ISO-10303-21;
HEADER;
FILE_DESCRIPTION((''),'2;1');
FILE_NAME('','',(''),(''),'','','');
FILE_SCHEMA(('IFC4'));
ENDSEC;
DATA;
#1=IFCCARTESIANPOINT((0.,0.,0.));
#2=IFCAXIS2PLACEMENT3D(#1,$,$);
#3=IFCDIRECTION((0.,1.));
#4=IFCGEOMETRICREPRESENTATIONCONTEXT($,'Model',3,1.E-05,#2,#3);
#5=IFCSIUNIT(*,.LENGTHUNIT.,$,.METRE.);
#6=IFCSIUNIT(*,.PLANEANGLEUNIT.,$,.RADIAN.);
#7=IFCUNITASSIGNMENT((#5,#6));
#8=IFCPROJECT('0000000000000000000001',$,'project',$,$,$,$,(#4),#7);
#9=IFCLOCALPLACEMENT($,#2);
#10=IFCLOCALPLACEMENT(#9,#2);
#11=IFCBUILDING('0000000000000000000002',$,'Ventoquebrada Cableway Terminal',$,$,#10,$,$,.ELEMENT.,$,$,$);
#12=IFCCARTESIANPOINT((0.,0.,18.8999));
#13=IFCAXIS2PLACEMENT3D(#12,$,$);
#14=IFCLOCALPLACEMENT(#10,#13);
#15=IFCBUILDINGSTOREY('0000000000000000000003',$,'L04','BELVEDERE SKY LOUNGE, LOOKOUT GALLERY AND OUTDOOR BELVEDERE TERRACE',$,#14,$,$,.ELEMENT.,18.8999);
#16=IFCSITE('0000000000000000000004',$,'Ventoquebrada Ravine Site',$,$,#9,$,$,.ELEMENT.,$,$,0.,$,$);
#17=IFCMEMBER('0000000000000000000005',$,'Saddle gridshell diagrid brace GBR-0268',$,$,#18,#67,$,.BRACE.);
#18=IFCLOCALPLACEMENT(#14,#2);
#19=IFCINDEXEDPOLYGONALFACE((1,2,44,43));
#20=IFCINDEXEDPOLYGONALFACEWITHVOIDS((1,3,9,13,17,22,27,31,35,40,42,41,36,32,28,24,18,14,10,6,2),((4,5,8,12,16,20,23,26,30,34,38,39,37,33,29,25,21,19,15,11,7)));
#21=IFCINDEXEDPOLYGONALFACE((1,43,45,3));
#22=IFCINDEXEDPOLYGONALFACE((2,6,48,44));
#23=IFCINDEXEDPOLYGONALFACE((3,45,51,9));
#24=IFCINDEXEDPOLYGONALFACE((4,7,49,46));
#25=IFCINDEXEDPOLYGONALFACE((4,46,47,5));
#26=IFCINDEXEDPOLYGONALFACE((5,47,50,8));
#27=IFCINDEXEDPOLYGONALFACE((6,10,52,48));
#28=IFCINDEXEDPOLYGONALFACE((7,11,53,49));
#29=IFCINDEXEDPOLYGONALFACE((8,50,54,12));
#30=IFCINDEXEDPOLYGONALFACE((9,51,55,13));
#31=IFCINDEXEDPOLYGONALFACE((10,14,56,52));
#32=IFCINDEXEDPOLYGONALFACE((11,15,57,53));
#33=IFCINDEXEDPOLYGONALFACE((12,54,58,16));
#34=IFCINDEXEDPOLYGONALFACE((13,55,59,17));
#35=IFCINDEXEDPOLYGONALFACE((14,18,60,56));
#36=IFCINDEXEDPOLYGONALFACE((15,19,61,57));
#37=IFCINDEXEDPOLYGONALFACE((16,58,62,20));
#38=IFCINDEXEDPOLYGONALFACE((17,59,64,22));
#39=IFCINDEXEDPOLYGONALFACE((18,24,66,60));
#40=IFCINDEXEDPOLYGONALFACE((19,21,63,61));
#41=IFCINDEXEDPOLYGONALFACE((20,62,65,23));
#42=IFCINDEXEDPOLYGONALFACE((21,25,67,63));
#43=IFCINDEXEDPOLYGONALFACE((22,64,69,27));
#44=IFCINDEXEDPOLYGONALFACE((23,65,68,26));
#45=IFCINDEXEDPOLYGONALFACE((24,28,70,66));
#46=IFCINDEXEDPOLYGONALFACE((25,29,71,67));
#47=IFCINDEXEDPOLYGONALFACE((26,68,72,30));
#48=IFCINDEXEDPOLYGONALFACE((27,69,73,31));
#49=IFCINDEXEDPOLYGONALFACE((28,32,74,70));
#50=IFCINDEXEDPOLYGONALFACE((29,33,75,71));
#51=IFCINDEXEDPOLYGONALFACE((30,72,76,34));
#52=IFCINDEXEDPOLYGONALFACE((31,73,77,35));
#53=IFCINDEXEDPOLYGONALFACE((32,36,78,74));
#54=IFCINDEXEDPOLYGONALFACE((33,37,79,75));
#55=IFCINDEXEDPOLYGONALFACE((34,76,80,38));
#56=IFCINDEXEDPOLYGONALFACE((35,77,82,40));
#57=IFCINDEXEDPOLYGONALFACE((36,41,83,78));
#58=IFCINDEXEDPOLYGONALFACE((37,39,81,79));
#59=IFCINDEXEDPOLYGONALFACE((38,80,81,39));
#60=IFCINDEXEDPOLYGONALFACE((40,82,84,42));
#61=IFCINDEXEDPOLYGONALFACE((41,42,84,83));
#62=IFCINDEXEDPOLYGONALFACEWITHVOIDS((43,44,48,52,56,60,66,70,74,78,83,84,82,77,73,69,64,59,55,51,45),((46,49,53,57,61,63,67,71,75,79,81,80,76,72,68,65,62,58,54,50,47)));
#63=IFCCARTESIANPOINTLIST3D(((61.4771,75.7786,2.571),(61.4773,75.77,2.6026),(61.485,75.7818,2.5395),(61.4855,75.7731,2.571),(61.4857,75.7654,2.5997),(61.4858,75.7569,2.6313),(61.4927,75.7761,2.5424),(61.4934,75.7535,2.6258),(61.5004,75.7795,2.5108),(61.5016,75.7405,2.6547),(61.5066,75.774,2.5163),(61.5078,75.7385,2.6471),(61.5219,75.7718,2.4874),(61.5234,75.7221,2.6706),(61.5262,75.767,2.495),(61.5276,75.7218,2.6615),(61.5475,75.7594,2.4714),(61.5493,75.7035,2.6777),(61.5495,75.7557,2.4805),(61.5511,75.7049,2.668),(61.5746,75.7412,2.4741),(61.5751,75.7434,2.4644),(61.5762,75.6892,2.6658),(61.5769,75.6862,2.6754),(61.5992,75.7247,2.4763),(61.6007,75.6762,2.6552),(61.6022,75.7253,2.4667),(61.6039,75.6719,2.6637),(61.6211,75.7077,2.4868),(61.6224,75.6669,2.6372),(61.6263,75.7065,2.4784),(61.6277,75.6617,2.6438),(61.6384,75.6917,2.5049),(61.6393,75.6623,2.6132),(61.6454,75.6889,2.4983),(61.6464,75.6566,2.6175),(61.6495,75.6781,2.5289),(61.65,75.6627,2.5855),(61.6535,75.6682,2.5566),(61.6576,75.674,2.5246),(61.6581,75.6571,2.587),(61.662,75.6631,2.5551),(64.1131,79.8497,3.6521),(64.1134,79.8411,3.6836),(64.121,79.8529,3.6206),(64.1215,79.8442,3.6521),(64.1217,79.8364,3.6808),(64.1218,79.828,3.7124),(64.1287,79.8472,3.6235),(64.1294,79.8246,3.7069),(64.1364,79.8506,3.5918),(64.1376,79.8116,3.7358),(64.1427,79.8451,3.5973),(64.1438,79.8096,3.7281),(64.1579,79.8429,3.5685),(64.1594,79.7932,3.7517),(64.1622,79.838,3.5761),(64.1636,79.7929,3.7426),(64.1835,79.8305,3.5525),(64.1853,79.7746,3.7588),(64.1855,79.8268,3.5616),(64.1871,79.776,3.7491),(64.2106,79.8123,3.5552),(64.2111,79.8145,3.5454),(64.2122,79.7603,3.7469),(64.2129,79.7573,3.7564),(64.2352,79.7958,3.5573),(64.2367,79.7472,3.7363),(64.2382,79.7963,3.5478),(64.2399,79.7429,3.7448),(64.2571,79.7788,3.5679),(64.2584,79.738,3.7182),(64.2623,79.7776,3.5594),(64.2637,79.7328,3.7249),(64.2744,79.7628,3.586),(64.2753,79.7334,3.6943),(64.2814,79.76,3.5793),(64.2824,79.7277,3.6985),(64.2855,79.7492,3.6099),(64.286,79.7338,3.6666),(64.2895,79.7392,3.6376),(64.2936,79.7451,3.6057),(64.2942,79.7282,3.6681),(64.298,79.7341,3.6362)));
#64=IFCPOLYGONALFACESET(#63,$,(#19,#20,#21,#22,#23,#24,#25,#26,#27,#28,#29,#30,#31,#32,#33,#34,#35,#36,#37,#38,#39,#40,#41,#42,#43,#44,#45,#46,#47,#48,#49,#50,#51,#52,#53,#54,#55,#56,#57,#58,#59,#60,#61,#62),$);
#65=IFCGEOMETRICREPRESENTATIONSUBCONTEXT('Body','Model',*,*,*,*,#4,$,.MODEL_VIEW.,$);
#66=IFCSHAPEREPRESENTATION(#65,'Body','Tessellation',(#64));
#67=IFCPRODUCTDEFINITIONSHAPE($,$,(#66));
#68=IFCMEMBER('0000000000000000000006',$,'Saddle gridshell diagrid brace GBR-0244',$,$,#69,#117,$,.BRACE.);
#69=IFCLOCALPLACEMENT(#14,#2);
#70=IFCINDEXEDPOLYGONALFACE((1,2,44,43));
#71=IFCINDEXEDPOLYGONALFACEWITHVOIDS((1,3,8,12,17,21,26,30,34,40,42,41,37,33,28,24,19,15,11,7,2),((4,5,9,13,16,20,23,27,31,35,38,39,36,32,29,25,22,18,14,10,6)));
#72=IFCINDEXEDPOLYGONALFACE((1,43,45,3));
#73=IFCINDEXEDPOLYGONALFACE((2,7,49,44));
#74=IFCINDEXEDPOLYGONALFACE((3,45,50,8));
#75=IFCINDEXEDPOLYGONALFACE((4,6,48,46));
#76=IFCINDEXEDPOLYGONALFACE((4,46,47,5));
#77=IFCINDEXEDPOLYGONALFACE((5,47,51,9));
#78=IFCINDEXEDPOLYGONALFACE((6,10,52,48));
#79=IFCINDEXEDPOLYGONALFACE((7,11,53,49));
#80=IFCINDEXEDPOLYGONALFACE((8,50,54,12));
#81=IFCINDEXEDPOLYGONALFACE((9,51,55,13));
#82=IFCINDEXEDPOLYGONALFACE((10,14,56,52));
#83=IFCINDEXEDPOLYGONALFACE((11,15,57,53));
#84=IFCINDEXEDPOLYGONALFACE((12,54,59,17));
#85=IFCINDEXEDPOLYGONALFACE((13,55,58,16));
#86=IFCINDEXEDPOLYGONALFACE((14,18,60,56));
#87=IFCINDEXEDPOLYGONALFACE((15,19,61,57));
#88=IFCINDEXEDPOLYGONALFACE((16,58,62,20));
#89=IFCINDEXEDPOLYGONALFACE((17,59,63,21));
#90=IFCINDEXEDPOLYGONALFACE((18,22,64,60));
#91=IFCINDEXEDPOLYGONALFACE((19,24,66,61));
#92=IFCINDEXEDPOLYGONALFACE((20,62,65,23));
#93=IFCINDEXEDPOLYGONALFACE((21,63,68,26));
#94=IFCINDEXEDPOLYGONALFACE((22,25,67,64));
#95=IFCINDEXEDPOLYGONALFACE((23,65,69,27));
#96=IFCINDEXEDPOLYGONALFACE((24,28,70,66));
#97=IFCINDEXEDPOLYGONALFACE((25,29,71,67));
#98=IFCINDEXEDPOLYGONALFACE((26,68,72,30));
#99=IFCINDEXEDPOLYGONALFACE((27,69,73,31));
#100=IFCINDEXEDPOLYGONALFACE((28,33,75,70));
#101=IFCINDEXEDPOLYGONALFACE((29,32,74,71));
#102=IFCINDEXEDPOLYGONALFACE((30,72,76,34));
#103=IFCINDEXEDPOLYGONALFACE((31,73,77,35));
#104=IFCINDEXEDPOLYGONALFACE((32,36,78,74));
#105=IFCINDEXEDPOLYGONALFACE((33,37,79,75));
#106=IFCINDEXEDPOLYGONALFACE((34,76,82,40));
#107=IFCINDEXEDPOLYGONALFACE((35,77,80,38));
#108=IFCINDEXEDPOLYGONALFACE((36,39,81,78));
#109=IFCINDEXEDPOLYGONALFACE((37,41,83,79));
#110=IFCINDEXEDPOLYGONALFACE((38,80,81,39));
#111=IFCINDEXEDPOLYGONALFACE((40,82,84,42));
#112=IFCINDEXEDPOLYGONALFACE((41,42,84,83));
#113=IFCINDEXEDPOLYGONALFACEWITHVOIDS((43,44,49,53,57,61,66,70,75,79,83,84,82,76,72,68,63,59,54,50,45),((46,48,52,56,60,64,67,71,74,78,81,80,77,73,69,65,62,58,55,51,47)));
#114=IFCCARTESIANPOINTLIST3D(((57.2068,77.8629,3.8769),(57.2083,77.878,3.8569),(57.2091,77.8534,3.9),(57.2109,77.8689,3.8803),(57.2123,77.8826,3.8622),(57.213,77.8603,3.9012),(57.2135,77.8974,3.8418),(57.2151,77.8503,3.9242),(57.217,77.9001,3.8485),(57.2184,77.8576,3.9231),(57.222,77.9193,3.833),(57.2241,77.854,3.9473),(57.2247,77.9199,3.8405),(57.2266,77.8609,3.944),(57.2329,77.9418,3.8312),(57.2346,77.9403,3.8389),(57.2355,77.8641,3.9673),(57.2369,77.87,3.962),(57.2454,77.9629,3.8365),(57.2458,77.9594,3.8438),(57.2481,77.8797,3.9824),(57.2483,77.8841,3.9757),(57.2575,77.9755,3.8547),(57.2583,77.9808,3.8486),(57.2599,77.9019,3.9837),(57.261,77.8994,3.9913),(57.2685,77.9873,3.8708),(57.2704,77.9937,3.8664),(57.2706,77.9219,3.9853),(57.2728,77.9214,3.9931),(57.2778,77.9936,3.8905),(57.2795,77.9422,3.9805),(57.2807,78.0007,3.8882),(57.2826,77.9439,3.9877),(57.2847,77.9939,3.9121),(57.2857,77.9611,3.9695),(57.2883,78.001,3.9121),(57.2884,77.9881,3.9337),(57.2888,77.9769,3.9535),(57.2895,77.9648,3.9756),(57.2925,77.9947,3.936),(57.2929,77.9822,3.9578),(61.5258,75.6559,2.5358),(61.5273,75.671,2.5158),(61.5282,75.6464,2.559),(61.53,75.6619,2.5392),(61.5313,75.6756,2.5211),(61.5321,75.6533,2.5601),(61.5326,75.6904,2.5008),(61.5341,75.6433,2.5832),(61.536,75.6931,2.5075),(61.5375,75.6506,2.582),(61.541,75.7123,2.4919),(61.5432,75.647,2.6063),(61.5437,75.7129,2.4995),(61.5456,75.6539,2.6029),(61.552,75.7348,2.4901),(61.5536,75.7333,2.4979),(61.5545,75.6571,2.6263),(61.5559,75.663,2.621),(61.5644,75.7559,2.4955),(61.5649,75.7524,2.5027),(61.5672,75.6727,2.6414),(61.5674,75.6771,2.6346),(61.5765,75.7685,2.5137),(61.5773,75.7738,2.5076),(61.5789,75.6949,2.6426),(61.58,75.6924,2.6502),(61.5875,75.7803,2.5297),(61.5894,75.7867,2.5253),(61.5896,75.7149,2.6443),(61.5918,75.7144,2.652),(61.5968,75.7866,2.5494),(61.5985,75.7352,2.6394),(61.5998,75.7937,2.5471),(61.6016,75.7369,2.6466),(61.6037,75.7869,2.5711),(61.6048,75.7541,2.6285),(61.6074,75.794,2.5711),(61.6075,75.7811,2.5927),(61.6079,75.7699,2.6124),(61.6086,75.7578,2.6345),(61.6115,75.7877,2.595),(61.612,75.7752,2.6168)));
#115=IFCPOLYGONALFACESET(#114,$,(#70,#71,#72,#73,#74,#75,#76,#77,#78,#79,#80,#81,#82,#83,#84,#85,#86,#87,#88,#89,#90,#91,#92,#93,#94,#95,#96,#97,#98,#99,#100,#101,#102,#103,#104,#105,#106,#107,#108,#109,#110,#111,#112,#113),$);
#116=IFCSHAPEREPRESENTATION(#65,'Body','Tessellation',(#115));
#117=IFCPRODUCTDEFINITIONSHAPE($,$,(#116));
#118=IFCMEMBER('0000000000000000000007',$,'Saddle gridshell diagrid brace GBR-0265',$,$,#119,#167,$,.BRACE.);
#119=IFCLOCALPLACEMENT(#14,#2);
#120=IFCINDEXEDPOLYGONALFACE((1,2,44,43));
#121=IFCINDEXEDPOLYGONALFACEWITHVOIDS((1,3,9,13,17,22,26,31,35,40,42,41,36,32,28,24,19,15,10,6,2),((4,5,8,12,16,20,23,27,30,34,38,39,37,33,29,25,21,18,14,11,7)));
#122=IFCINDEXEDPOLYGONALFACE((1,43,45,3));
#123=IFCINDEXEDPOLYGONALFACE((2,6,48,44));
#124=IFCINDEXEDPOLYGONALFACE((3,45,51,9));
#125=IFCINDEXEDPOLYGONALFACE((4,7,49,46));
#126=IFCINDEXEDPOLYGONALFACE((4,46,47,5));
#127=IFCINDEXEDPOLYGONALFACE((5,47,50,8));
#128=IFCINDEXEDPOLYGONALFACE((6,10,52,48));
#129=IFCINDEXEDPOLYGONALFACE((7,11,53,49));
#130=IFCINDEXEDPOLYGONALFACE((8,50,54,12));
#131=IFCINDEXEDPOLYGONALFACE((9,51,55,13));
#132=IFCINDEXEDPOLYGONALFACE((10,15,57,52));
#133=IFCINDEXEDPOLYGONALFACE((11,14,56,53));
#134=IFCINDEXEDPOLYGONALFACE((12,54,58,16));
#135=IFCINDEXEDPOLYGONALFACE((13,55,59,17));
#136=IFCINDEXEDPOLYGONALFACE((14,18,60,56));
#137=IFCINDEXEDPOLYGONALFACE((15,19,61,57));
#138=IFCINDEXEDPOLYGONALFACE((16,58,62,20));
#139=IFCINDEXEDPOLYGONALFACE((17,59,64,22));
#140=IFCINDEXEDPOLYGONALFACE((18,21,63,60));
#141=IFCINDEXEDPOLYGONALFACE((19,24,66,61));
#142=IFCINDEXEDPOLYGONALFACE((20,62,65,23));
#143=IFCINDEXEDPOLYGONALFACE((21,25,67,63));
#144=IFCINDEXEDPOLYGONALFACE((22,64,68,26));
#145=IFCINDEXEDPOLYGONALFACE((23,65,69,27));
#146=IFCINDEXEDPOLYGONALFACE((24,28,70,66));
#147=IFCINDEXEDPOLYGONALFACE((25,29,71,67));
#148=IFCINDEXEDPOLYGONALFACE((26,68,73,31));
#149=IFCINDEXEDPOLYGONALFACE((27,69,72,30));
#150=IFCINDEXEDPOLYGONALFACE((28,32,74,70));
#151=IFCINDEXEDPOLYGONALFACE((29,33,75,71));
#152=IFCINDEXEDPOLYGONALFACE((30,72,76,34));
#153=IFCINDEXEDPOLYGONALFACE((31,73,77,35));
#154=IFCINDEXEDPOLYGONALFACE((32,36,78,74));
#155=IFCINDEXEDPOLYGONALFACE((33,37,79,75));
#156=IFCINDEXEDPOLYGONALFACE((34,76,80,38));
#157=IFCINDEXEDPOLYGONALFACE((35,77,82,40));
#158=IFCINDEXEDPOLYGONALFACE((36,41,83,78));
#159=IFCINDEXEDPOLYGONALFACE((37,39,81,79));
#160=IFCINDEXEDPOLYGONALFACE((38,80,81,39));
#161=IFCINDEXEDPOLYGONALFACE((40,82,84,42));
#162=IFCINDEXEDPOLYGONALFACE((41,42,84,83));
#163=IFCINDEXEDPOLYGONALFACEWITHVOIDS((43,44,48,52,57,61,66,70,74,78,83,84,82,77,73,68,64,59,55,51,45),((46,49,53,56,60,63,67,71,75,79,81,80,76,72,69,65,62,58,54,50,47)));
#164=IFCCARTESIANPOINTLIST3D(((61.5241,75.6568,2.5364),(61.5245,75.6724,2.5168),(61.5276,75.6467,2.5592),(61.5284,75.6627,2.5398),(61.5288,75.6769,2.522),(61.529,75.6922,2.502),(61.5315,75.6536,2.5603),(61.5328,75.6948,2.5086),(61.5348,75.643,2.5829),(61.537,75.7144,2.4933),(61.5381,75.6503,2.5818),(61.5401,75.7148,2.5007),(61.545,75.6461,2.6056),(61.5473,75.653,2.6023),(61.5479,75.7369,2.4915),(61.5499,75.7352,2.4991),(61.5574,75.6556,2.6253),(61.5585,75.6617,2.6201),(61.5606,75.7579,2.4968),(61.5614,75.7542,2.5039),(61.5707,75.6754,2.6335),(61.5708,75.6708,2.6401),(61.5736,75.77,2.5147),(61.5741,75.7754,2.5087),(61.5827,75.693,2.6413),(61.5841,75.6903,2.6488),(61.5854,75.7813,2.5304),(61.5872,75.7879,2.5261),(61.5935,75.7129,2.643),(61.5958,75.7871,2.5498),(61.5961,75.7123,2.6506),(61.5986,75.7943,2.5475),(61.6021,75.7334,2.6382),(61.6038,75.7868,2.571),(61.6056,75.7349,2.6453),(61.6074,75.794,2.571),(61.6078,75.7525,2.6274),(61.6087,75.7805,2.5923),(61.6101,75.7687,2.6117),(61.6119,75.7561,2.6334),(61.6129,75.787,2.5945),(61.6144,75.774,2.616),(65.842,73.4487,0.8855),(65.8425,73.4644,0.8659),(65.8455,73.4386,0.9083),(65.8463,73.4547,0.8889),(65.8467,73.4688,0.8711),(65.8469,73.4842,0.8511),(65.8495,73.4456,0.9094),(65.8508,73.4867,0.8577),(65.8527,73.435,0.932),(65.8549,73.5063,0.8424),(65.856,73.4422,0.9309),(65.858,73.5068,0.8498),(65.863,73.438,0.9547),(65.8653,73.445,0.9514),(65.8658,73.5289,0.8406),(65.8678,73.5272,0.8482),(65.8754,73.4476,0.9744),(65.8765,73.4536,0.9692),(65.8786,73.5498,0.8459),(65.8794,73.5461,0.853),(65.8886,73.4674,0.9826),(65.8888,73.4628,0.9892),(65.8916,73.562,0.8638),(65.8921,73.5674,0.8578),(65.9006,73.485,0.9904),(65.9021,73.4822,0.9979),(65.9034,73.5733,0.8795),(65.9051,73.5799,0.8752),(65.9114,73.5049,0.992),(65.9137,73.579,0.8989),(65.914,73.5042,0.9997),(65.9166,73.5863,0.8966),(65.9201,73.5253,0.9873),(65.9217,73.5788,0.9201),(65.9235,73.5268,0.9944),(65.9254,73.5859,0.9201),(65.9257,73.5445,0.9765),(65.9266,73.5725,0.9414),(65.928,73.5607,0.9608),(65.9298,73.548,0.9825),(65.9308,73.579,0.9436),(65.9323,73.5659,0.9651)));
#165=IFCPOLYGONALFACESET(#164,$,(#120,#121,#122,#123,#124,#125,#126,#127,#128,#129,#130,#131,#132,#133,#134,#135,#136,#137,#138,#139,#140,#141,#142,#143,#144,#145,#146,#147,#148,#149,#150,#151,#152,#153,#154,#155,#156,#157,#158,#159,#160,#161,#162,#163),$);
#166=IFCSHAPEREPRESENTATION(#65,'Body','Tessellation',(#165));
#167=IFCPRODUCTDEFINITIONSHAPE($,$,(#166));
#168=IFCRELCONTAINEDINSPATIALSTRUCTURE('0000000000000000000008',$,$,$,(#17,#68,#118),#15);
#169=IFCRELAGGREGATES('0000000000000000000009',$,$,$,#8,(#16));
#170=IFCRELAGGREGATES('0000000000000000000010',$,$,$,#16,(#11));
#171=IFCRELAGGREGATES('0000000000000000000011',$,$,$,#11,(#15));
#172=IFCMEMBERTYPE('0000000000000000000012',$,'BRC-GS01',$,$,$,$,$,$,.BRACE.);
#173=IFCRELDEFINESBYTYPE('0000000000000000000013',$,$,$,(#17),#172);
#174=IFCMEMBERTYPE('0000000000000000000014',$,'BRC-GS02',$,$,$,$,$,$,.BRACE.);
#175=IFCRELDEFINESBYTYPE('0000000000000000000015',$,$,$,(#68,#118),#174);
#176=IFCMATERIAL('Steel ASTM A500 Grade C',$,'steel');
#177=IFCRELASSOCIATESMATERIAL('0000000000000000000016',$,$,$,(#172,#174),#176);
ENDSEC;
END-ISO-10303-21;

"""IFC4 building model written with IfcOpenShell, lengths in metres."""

from ifc_helpers import new_model, si_unit, direction, frame, origin, origin_2d, place, context, subcontext, project, spatial, hollow_circle, extrude, material, material_profile, profile_set, type_object, element, save


model = new_model("IFC4")

# Units and contexts
model_context = context("Model", 3, precision=1e-05, world=origin(), true_north=direction((0.0, 1.0)))
body_context = subcontext(model_context, "Body", "Model", "MODEL_VIEW")
ifc_project = project(units=[si_unit("LENGTHUNIT", "METRE"), si_unit("PLANEANGLEUNIT", "RADIAN")], contexts=[model_context])

# Site, building, storey
site_placement = place(None, origin())
site = spatial("IfcSite", under=ifc_project, at=site_placement, Name="Ventoquebrada Ravine Site", CompositionType="ELEMENT", RefElevation=0.0)
building_placement = place(site_placement, origin())
building = spatial("IfcBuilding", under=site, at=building_placement, Name="Ventoquebrada Cableway Terminal", CompositionType="ELEMENT")
storey_placement = place(building_placement, frame((0.0, 0.0, 18.8999)))
storey = spatial("IfcBuildingStorey", under=building, at=storey_placement, Name="L04", Description="BELVEDERE SKY LOUNGE, LOOKOUT GALLERY AND OUTDOOR BELVEDERE TERRACE", CompositionType="ELEMENT", Elevation=18.8999)

# Members
ifc_material_1 = material(Name="Steel ASTM A500 Grade C", Category="steel")
ifc_material_profile_1 = material_profile(ifc_material_1, hollow_circle(Radius=0.1096, WallThickness=0.01, at=origin_2d()), Name="CHS219.1X10")
ifc_profile_set_1 = profile_set([ifc_material_profile_1], Name="Steel ASTM A500 Grade C")
member_type_1 = type_object("IfcMemberType", Name="BRC-GS01", PredefinedType="BRACE", material=ifc_profile_set_1)
member_1_placement = place(storey_placement, frame((61.5691, 75.719, 2.571), z_axis=(0.530491, 0.819296, 0.217562), x_axis=(-0.839403, 0.54351, 0.0)))
element("IfcMember", 1, at=member_1_placement, inside=storey, type_object=member_type_1, Name="Saddle gridshell diagrid brace GBR-0268", PredefinedType="BRACE", context=body_context, shape_type="SweptSolid", body=[
    extrude(hollow_circle(Radius=0.1096, WallThickness=0.01, at=origin_2d()), origin(), (0.0, 0.0, 1.0), 4.969),
])
ifc_material_profile_2 = material_profile(ifc_material_1, hollow_circle(Radius=0.0842, WallThickness=0.0081, at=origin_2d()), Name="CHS168.3X8")
ifc_profile_set_2 = profile_set([ifc_material_profile_2], Name="Steel ASTM A500 Grade C")
member_type_2 = type_object("IfcMemberType", Name="BRC-GS02", PredefinedType="BRACE", material=ifc_profile_set_2)
member_2_placement = place(storey_placement, frame((57.25, 77.926, 3.9121), z_axis=(0.858275, -0.438573, -0.266492), x_axis=(0.455029, 0.890477, 0.0)))
element("IfcMember", 2, at=member_2_placement, inside=storey, type_object=member_type_2, Name="Saddle gridshell diagrid brace GBR-0244", PredefinedType="BRACE", context=body_context, shape_type="SweptSolid", body=[
    extrude(hollow_circle(Radius=0.0842, WallThickness=0.0081, at=origin_2d()), origin(), (0.0, 0.0, 1.0), 5.0322),
])
member_3_placement = place(storey_placement, frame((61.5691, 75.719, 2.571), z_axis=(0.842847, -0.431002, -0.322251), x_axis=(0.45529, 0.890343, 0.0)))
element("IfcMember", 3, at=member_3_placement, inside=storey, type_object=member_type_2, Name="Saddle gridshell diagrid brace GBR-0265", PredefinedType="BRACE", context=body_context, shape_type="SweptSolid", body=[
    extrude(hollow_circle(Radius=0.0842, WallThickness=0.0081, at=origin_2d()), origin(), (0.0, 0.0, 1.0), 5.123),
])

save(model, "model.ifc")
